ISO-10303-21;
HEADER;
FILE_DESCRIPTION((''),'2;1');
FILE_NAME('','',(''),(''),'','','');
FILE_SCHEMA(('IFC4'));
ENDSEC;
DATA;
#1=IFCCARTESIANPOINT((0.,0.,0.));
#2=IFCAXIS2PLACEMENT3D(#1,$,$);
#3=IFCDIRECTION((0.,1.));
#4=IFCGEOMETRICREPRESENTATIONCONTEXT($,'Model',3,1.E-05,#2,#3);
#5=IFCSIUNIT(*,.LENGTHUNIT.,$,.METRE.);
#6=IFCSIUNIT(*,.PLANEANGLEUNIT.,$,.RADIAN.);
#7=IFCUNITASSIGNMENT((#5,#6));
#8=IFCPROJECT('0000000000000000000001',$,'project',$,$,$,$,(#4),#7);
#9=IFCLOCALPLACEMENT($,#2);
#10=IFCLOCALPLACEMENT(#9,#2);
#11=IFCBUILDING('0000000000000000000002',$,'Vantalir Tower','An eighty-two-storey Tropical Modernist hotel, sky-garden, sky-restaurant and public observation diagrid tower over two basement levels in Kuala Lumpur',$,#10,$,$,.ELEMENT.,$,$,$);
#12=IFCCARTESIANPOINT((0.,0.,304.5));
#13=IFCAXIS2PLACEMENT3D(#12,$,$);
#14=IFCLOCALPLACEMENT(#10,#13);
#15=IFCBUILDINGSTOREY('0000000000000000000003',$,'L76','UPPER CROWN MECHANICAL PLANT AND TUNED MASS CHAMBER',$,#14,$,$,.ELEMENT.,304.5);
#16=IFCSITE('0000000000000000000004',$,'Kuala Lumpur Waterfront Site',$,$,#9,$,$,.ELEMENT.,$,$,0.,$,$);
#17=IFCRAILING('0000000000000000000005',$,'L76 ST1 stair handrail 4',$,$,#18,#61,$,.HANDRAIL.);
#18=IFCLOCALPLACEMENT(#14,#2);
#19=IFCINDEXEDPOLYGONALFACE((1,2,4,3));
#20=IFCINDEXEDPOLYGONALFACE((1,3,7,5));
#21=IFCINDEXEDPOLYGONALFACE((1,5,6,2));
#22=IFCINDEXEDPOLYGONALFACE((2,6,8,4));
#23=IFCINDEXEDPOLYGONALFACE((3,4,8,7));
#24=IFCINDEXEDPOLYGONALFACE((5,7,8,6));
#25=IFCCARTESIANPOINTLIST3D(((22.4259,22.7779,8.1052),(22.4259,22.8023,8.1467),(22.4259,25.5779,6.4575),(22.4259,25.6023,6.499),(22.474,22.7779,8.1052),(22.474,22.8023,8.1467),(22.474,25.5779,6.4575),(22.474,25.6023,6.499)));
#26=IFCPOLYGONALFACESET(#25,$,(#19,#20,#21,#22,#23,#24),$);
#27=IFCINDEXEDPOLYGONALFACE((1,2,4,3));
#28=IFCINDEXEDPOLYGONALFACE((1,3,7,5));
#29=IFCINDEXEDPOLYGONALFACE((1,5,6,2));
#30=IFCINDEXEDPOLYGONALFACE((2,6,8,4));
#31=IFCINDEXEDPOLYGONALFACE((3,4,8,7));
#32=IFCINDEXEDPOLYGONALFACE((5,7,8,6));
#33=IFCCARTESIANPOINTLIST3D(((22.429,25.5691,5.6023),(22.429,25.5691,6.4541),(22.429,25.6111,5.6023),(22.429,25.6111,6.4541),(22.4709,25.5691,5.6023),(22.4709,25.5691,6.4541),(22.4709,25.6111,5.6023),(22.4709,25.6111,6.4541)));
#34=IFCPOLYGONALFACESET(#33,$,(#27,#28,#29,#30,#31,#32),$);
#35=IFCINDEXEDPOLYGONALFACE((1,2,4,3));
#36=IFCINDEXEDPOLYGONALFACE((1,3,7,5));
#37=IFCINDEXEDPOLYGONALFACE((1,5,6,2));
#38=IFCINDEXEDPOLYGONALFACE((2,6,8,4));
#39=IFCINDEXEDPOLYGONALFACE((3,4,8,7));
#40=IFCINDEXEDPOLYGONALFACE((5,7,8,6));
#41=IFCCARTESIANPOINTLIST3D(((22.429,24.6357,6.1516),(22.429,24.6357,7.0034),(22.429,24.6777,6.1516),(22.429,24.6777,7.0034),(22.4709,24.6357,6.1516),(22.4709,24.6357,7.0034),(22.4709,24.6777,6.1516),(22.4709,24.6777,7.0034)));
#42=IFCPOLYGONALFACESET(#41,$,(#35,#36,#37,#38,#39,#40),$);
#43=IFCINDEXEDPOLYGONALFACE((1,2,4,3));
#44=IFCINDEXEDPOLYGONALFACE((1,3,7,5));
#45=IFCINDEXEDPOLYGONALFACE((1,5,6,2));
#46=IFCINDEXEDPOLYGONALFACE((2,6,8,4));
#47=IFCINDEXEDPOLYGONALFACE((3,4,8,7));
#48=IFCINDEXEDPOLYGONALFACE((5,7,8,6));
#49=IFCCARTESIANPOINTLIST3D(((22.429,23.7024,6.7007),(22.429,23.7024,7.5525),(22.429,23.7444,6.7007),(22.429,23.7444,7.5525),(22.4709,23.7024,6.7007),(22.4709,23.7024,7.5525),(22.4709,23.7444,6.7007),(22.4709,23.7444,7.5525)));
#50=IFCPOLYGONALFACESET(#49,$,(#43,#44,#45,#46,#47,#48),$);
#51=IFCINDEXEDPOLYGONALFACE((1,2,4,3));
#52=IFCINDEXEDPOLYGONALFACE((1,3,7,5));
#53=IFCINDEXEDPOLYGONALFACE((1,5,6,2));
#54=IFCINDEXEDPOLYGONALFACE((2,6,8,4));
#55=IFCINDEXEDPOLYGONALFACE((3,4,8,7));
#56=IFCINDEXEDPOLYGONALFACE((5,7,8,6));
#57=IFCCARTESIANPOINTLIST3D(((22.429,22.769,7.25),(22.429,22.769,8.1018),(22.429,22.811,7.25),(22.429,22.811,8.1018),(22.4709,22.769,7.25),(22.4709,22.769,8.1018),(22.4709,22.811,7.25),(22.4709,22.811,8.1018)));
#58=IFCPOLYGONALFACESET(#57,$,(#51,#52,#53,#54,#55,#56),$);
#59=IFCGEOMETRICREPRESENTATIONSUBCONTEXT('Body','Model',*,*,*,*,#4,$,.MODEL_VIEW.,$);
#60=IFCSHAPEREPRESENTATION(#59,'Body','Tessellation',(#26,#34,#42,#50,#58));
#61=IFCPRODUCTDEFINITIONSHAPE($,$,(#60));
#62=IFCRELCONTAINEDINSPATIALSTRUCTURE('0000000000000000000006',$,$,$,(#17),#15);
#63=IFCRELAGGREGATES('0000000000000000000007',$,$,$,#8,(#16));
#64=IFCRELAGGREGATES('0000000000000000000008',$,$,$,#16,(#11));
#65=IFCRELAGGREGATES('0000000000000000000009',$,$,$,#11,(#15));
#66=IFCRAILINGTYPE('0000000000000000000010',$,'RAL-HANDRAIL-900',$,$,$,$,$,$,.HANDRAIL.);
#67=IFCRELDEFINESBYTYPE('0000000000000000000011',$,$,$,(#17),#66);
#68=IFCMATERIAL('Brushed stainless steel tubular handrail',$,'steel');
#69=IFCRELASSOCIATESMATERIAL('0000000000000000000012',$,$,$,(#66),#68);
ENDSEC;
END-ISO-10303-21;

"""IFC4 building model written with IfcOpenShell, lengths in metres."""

from ifc_helpers import new_model, si_unit, direction, frame, origin, origin_2d, place, context, subcontext, project, spatial, rectangle, extrude, material, type_object, element, save


model = new_model("IFC4")

# Units and contexts
model_context = context("Model", 3, precision=1e-05, world=origin(), true_north=direction((0.0, 1.0)))
body_context = subcontext(model_context, "Body", "Model", "MODEL_VIEW")
ifc_project = project(units=[si_unit("LENGTHUNIT", "METRE"), si_unit("PLANEANGLEUNIT", "RADIAN")], contexts=[model_context])

# Site, building, storey
site_placement = place(None, origin())
site = spatial("IfcSite", under=ifc_project, at=site_placement, Name="Kuala Lumpur Waterfront Site", CompositionType="ELEMENT", RefElevation=0.0)
building_placement = place(site_placement, origin())
building = spatial("IfcBuilding", under=site, at=building_placement, Name="Vantalir Tower", Description="An eighty-two-storey Tropical Modernist hotel, sky-garden, sky-restaurant and public observation diagrid tower over two basement levels in Kuala Lumpur", CompositionType="ELEMENT")
storey_placement = place(building_placement, frame((0.0, 0.0, 304.5)))
storey = spatial("IfcBuildingStorey", under=building, at=storey_placement, Name="L76", Description="UPPER CROWN MECHANICAL PLANT AND TUNED MASS CHAMBER", CompositionType="ELEMENT", Elevation=304.5)

# Railing
ifc_material_1 = material(Name="Brushed stainless steel tubular handrail", Category="steel")
railing_type_1 = type_object("IfcRailingType", Name="RAL-HANDRAIL-900", PredefinedType="HANDRAIL", material=ifc_material_1)
railing_1_placement = place(storey_placement, frame((22.45, 25.5901, 5.6023)))
element("IfcRailing", 1, at=railing_1_placement, inside=storey, type_object=railing_type_1, Name="L76 ST1 stair handrail 4", PredefinedType="HANDRAIL", context=body_context, shape_type="SweptSolid", body=[
    extrude(rectangle(XDim=0.0481, YDim=0.0481, at=origin_2d()), frame((0.0, 0.0, 0.876), z_axis=(0.0, -0.861851, 0.507161), x_axis=(1.0, 0.0, 0.0)), (0.0, 0.0, 1.0), 3.2488),
    extrude(rectangle(XDim=0.042, YDim=0.042, at=origin_2d()), origin(), (0.0, 0.0, 1.0), 0.8518),
    extrude(rectangle(XDim=0.042, YDim=0.042, at=origin_2d()), frame((0.0, -0.9333, 0.5493)), (0.0, 0.0, 1.0), 0.8518),
    extrude(rectangle(XDim=0.042, YDim=0.042, at=origin_2d()), frame((0.0, -1.8667, 1.0984)), (0.0, 0.0, 1.0), 0.8518),
    extrude(rectangle(XDim=0.042, YDim=0.042, at=origin_2d()), frame((0.0, -2.8, 1.6477)), (0.0, 0.0, 1.0), 0.8518),
])

save(model, "model.ifc")
